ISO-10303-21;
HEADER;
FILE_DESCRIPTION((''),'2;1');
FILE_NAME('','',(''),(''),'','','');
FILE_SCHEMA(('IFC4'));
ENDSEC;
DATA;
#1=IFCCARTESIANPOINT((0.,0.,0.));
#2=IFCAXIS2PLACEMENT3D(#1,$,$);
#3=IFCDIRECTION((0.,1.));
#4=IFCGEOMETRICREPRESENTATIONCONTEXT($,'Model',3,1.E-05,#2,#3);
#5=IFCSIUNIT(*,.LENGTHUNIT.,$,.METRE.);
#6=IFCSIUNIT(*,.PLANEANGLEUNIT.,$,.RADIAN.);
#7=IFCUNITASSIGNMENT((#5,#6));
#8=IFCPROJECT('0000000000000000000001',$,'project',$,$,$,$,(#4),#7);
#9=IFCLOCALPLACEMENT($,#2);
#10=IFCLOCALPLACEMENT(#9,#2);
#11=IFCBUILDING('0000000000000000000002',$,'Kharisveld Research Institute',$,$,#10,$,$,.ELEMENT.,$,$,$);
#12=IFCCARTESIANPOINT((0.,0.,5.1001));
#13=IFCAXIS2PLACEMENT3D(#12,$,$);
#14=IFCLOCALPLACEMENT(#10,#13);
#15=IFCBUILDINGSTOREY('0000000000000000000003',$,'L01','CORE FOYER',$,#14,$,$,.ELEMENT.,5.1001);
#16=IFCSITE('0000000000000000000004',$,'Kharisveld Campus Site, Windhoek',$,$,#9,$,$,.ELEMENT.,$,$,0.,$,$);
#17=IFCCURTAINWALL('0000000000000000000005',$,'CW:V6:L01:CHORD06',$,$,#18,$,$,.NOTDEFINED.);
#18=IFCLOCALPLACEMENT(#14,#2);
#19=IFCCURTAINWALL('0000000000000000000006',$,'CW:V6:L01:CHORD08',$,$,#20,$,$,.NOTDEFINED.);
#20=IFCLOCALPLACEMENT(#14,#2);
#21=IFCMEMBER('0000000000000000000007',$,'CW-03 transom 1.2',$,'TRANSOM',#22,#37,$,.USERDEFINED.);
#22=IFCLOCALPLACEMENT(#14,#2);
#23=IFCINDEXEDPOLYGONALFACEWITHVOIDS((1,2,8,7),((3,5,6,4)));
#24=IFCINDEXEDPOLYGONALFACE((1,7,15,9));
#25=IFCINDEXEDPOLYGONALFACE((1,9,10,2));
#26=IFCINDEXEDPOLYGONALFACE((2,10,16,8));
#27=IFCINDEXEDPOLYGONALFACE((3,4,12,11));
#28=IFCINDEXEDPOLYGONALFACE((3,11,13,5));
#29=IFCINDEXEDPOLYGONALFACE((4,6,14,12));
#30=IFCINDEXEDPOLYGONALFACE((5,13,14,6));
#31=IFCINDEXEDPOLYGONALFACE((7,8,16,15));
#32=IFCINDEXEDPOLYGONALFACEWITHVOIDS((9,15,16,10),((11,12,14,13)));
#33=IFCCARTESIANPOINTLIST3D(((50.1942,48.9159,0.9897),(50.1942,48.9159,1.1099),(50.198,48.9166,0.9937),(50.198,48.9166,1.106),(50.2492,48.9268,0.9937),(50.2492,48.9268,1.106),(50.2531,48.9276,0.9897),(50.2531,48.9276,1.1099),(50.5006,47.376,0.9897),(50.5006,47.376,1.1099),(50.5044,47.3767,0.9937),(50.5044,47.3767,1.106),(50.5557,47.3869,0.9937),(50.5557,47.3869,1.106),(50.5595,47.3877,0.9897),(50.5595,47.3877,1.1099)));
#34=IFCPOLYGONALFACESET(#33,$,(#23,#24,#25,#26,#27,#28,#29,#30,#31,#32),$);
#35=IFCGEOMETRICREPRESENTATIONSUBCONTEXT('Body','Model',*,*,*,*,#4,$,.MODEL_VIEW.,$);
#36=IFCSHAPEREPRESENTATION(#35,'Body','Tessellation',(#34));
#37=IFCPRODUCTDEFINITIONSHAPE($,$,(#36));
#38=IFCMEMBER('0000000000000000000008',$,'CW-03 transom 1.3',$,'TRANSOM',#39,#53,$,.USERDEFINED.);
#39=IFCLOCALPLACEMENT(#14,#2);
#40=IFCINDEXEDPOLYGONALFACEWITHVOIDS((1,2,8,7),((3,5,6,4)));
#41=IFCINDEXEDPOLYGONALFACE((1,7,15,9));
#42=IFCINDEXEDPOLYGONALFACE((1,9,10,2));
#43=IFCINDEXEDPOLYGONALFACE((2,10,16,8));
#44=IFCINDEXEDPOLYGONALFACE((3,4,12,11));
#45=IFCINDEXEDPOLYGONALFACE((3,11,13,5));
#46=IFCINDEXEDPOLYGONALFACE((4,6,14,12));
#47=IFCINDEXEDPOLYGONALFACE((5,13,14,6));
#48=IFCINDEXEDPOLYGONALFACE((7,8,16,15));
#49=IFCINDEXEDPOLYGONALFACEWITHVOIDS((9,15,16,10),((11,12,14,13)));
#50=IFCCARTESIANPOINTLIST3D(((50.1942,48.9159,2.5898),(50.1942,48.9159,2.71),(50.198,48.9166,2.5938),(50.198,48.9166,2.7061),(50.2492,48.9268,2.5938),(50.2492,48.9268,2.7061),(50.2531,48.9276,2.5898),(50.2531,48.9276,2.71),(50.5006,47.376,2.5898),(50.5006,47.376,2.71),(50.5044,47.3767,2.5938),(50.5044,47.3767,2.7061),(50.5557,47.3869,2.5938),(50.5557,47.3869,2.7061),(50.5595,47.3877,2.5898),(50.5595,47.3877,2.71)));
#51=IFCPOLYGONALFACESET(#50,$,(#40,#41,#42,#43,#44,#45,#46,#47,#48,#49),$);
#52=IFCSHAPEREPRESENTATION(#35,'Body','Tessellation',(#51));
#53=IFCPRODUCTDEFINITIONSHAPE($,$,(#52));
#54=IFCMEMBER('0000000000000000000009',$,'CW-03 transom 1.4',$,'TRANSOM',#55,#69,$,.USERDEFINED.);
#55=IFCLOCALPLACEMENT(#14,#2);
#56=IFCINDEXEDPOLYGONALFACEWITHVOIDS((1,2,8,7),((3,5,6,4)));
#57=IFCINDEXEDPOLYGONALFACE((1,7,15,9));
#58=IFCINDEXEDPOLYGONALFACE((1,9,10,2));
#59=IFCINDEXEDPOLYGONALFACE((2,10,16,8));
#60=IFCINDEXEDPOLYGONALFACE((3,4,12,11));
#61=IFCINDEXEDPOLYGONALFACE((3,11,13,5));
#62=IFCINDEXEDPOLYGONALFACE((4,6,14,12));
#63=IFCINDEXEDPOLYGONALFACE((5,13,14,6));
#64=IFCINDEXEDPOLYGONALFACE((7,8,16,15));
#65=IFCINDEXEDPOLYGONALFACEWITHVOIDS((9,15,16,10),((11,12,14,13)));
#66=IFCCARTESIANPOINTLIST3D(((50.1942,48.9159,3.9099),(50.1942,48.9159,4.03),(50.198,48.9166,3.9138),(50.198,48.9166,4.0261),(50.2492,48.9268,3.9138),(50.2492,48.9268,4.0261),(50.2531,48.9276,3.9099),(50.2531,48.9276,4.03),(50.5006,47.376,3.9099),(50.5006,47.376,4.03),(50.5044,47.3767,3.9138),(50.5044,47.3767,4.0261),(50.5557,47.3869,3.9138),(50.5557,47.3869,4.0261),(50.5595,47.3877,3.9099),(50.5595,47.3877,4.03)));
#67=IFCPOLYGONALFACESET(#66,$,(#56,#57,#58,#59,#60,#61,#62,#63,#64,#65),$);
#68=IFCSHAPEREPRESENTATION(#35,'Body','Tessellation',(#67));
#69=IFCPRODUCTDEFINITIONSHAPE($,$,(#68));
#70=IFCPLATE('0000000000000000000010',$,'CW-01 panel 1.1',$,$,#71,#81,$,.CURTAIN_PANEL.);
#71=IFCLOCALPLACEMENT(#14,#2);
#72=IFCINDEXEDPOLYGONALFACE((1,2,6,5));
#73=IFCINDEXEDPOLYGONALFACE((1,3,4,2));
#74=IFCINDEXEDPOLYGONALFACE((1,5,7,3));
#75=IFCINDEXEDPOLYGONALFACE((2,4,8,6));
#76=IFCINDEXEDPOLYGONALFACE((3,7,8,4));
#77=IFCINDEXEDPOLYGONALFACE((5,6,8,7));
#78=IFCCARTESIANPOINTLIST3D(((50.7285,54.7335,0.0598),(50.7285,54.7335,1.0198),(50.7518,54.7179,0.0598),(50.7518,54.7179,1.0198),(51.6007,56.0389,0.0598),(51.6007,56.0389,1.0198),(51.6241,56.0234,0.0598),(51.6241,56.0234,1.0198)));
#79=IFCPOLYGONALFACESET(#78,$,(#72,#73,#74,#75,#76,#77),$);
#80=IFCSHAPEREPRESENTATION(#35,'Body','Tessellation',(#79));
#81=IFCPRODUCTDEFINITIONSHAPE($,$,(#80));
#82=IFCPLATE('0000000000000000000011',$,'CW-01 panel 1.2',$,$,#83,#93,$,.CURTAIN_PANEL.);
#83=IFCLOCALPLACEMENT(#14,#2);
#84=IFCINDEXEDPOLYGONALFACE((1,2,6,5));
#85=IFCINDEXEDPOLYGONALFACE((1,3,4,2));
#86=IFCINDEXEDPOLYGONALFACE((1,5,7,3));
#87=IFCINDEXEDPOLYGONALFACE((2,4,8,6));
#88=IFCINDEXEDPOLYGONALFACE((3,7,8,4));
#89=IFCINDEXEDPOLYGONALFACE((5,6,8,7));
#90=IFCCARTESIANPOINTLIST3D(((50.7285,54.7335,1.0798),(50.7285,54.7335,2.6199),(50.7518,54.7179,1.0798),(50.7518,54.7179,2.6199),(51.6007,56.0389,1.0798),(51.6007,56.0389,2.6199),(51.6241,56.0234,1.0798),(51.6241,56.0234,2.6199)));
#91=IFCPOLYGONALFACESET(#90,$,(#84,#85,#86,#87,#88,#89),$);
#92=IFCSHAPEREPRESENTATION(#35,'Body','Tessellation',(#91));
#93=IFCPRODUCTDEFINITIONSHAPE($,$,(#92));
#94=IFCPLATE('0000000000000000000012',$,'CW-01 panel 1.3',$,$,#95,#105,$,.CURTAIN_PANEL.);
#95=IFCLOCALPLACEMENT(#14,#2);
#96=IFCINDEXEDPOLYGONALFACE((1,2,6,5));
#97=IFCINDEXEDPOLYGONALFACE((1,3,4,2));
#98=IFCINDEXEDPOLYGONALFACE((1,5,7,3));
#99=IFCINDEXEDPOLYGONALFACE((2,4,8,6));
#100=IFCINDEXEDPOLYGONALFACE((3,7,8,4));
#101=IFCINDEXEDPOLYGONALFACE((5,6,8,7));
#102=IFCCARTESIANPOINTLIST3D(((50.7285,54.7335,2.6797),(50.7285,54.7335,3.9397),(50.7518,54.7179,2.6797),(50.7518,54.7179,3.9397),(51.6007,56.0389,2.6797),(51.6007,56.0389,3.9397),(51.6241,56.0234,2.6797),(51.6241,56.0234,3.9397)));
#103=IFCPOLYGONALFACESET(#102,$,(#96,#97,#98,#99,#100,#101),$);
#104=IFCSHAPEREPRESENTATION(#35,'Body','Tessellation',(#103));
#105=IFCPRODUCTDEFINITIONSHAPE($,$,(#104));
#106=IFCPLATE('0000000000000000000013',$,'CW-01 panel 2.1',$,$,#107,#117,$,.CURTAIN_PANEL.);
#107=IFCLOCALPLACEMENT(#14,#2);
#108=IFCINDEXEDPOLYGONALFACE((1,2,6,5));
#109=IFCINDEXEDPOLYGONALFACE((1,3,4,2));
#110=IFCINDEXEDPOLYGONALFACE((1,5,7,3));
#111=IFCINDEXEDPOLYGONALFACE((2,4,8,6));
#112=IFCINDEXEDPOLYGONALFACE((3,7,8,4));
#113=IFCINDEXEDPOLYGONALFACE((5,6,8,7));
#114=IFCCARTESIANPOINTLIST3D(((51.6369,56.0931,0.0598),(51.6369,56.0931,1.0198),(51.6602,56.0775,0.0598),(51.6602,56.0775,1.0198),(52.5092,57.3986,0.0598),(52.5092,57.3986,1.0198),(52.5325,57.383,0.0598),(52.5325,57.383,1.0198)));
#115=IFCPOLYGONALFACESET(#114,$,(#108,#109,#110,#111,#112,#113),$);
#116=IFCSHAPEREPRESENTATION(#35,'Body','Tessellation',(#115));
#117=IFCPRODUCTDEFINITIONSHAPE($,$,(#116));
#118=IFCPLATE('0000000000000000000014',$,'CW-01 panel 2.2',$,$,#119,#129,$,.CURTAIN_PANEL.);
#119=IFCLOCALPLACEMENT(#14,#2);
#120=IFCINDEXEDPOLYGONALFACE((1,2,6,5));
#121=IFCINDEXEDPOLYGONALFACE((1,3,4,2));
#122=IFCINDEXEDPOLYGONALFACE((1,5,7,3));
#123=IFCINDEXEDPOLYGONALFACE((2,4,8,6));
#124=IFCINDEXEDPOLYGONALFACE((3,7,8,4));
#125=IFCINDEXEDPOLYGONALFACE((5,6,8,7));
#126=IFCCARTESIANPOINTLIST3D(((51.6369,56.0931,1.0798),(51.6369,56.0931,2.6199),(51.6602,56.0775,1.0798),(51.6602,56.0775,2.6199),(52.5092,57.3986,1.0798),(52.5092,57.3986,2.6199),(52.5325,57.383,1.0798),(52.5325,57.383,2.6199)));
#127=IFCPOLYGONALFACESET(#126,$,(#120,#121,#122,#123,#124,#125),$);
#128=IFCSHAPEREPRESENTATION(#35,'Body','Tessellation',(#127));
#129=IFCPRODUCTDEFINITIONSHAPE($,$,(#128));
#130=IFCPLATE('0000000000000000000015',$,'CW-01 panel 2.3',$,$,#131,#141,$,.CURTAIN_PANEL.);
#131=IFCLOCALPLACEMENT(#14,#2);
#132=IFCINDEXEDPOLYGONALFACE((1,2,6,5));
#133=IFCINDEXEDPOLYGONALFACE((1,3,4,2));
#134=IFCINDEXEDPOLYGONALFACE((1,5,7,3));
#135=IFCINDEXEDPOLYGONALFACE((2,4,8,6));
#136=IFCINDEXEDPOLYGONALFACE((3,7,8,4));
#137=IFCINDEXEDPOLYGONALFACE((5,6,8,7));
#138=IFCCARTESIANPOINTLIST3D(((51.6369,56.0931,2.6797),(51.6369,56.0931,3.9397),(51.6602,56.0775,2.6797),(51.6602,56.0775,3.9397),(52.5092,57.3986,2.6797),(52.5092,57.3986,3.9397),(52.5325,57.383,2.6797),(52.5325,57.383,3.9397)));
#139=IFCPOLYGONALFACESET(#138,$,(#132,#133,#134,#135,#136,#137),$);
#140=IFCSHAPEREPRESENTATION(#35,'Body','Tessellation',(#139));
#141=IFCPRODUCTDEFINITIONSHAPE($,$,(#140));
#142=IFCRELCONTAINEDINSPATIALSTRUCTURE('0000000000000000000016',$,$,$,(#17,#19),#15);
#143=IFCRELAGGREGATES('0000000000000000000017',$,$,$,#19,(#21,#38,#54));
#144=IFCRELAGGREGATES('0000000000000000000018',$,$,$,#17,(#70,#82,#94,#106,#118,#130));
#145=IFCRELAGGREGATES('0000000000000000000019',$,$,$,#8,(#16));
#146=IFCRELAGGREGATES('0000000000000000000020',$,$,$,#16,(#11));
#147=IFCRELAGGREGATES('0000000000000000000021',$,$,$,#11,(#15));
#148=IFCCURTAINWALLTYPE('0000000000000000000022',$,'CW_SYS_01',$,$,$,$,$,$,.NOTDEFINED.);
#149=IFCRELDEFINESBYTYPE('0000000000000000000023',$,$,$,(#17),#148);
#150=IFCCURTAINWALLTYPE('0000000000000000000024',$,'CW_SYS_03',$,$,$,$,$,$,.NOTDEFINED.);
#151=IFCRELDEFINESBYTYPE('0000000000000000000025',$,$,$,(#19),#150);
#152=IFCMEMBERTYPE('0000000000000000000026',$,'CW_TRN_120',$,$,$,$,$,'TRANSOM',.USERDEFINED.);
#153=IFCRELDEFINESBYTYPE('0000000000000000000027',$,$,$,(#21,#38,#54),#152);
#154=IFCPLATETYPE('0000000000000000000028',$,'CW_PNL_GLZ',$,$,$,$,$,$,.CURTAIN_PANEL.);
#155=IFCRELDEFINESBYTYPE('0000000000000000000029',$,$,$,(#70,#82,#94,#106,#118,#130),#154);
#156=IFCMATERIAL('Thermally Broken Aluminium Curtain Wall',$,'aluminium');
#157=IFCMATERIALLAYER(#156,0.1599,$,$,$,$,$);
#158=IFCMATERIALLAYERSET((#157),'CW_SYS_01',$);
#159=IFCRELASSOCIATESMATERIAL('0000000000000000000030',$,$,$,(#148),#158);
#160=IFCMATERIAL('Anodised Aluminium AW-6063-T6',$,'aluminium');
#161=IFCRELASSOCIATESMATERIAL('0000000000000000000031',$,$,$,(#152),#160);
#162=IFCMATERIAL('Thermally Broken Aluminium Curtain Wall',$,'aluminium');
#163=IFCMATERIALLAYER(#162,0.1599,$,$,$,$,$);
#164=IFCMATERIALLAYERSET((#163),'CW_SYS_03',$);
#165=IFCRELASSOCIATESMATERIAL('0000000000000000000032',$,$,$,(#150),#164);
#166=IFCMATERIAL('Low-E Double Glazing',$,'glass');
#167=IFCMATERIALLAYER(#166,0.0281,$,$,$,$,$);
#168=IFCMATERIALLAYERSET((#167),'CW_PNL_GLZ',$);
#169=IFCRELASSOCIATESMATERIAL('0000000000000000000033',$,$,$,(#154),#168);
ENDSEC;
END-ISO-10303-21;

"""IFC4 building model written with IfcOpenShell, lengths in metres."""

from ifc_helpers import new_model, si_unit, direction, frame, origin, origin_2d, place, context, subcontext, project, spatial, rectangle, hollow_rectangle, extrude, material, layer, layer_set, material_profile, profile_set, type_object, element, aggregate, save


model = new_model("IFC4")

# Units and contexts
model_context = context("Model", 3, precision=1e-05, world=origin(), true_north=direction((0.0, 1.0)))
body_context = subcontext(model_context, "Body", "Model", "MODEL_VIEW")
ifc_project = project(units=[si_unit("LENGTHUNIT", "METRE"), si_unit("PLANEANGLEUNIT", "RADIAN")], contexts=[model_context])

# Site, building, storey
site_placement = place(None, origin())
site = spatial("IfcSite", under=ifc_project, at=site_placement, Name="Kharisveld Campus Site, Windhoek", CompositionType="ELEMENT", RefElevation=0.0)
building_placement = place(site_placement, origin())
building = spatial("IfcBuilding", under=site, at=building_placement, Name="Kharisveld Research Institute", CompositionType="ELEMENT")
storey_placement = place(building_placement, frame((0.0, 0.0, 5.1001)))
storey = spatial("IfcBuildingStorey", under=building, at=storey_placement, Name="L01", Description="CORE FOYER", CompositionType="ELEMENT", Elevation=5.1001)

# Curtain wall
ifc_material_1 = material(Name="Thermally Broken Aluminium Curtain Wall", Category="aluminium")
ifc_layer_1 = layer(ifc_material_1, 0.1599)
ifc_layer_set_1 = layer_set([ifc_layer_1], Name="CW_SYS_01")
curtain_wall_type_1 = type_object("IfcCurtainWallType", Name="CW_SYS_01", PredefinedType="NOTDEFINED", material=ifc_layer_set_1)
curtain_wall_1_placement = place(storey_placement, origin())
curtain_wall_1 = element("IfcCurtainWall", 1, at=curtain_wall_1_placement, inside=storey, type_object=curtain_wall_type_1, Name="CW:V6:L01:CHORD06", PredefinedType="NOTDEFINED")

# Shared definitions
ifc_material_2 = material(Name="Anodised Aluminium AW-6063-T6", Category="aluminium")
ifc_material_profile_1 = material_profile(ifc_material_2, hollow_rectangle(XDim=0.0601, YDim=0.1201, WallThickness=0.0039, at=origin_2d()))
ifc_profile_set_1 = profile_set([ifc_material_profile_1], Name="Anodised Aluminium AW-6063-T6")
member_type_1 = type_object("IfcMemberType", Name="CW_TRN_120", ElementType="TRANSOM", PredefinedType="USERDEFINED", material=ifc_profile_set_1)

# Curtain wall, members
ifc_material_3 = material(Name="Thermally Broken Aluminium Curtain Wall", Category="aluminium")
ifc_layer_2 = layer(ifc_material_3, 0.1599)
ifc_layer_set_2 = layer_set([ifc_layer_2], Name="CW_SYS_03")
curtain_wall_type_2 = type_object("IfcCurtainWallType", Name="CW_SYS_03", PredefinedType="NOTDEFINED", material=ifc_layer_set_2)
curtain_wall_2_placement = place(storey_placement, origin())
curtain_wall_2 = element("IfcCurtainWall", 2, at=curtain_wall_2_placement, inside=storey, type_object=curtain_wall_type_2, Name="CW:V6:L01:CHORD08", PredefinedType="NOTDEFINED")
member_1_placement = place(storey_placement, frame((50.53, 47.3818, 1.0498), z_axis=(-0.195159, 0.980772, 0.0), x_axis=(-0.980772, -0.195159, 0.0)))
member_1 = element("IfcMember", 3, at=member_1_placement, type_object=member_type_1, Name="CW-03 transom 1.2", ObjectType="TRANSOM", PredefinedType="USERDEFINED", context=body_context, shape_type="SweptSolid", body=[
    extrude(hollow_rectangle(XDim=0.0601, YDim=0.1201, WallThickness=0.0039, at=origin_2d()), origin(), (0.0, 0.0, 1.0), 1.5701),
])
member_2_placement = place(storey_placement, frame((50.53, 47.3818, 2.6499), z_axis=(-0.195159, 0.980772, 0.0), x_axis=(-0.980772, -0.195159, 0.0)))
member_2 = element("IfcMember", 4, at=member_2_placement, type_object=member_type_1, Name="CW-03 transom 1.3", ObjectType="TRANSOM", PredefinedType="USERDEFINED", context=body_context, shape_type="SweptSolid", body=[
    extrude(hollow_rectangle(XDim=0.0601, YDim=0.1201, WallThickness=0.0039, at=origin_2d()), origin(), (0.0, 0.0, 1.0), 1.5701),
])
member_3_placement = place(storey_placement, frame((50.53, 47.3818, 3.97), z_axis=(-0.195159, 0.980772, 0.0), x_axis=(-0.980772, -0.195159, 0.0)))
member_3 = element("IfcMember", 5, at=member_3_placement, type_object=member_type_1, Name="CW-03 transom 1.4", ObjectType="TRANSOM", PredefinedType="USERDEFINED", context=body_context, shape_type="SweptSolid", body=[
    extrude(hollow_rectangle(XDim=0.0601, YDim=0.1201, WallThickness=0.0039, at=origin_2d()), origin(), (0.0, 0.0, 1.0), 1.5701),
])
aggregate(curtain_wall_2, [member_1, member_2, member_3])

# Plates
ifc_material_4 = material(Name="Low-E Double Glazing", Category="glass")
ifc_layer_3 = layer(ifc_material_4, 0.0281)
ifc_layer_set_3 = layer_set([ifc_layer_3], Name="CW_PNL_GLZ")
plate_type = type_object("IfcPlateType", Name="CW_PNL_GLZ", PredefinedType="CURTAIN_PANEL", material=ifc_layer_set_3)
plate_1_placement = place(storey_placement, frame((51.1763, 55.3784, 0.0598), z_axis=(0.0, 0.0, 1.0), x_axis=(0.55557, 0.83147, 0.0)))
plate_1 = element("IfcPlate", 6, at=plate_1_placement, type_object=plate_type, Name="CW-01 panel 1.1", PredefinedType="CURTAIN_PANEL", context=body_context, shape_type="SweptSolid", body=[
    extrude(rectangle(XDim=1.5701, YDim=0.0281, at=origin_2d()), origin(), (0.0, 0.0, 1.0), 0.96),
])
plate_2_placement = place(storey_placement, frame((51.1763, 55.3784, 1.0798), z_axis=(0.0, 0.0, 1.0), x_axis=(0.55557, 0.83147, 0.0)))
plate_2 = element("IfcPlate", 7, at=plate_2_placement, type_object=plate_type, Name="CW-01 panel 1.2", PredefinedType="CURTAIN_PANEL", context=body_context, shape_type="SweptSolid", body=[
    extrude(rectangle(XDim=1.5701, YDim=0.0281, at=origin_2d()), origin(), (0.0, 0.0, 1.0), 1.54),
])
plate_3_placement = place(storey_placement, frame((51.1763, 55.3784, 2.6797), z_axis=(0.0, 0.0, 1.0), x_axis=(0.55557, 0.83147, 0.0)))
plate_3 = element("IfcPlate", 8, at=plate_3_placement, type_object=plate_type, Name="CW-01 panel 1.3", PredefinedType="CURTAIN_PANEL", context=body_context, shape_type="SweptSolid", body=[
    extrude(rectangle(XDim=1.5701, YDim=0.0281, at=origin_2d()), origin(), (0.0, 0.0, 1.0), 1.26),
])
plate_4_placement = place(storey_placement, frame((52.0847, 56.738, 0.0598), z_axis=(0.0, 0.0, 1.0), x_axis=(0.55557, 0.83147, 0.0)))
plate_4 = element("IfcPlate", 9, at=plate_4_placement, type_object=plate_type, Name="CW-01 panel 2.1", PredefinedType="CURTAIN_PANEL", context=body_context, shape_type="SweptSolid", body=[
    extrude(rectangle(XDim=1.5701, YDim=0.0281, at=origin_2d()), origin(), (0.0, 0.0, 1.0), 0.96),
])
plate_5_placement = place(storey_placement, frame((52.0847, 56.738, 1.0798), z_axis=(0.0, 0.0, 1.0), x_axis=(0.55557, 0.83147, 0.0)))
plate_5 = element("IfcPlate", 10, at=plate_5_placement, type_object=plate_type, Name="CW-01 panel 2.2", PredefinedType="CURTAIN_PANEL", context=body_context, shape_type="SweptSolid", body=[
    extrude(rectangle(XDim=1.5701, YDim=0.0281, at=origin_2d()), origin(), (0.0, 0.0, 1.0), 1.54),
])
plate_6_placement = place(storey_placement, frame((52.0847, 56.738, 2.6797), z_axis=(0.0, 0.0, 1.0), x_axis=(0.55557, 0.83147, 0.0)))
plate_6 = element("IfcPlate", 11, at=plate_6_placement, type_object=plate_type, Name="CW-01 panel 2.3", PredefinedType="CURTAIN_PANEL", context=body_context, shape_type="SweptSolid", body=[
    extrude(rectangle(XDim=1.5701, YDim=0.0281, at=origin_2d()), origin(), (0.0, 0.0, 1.0), 1.26),
])
aggregate(curtain_wall_1, [plate_1, plate_2, plate_3, plate_4, plate_5, plate_6])

save(model, "model.ifc")
